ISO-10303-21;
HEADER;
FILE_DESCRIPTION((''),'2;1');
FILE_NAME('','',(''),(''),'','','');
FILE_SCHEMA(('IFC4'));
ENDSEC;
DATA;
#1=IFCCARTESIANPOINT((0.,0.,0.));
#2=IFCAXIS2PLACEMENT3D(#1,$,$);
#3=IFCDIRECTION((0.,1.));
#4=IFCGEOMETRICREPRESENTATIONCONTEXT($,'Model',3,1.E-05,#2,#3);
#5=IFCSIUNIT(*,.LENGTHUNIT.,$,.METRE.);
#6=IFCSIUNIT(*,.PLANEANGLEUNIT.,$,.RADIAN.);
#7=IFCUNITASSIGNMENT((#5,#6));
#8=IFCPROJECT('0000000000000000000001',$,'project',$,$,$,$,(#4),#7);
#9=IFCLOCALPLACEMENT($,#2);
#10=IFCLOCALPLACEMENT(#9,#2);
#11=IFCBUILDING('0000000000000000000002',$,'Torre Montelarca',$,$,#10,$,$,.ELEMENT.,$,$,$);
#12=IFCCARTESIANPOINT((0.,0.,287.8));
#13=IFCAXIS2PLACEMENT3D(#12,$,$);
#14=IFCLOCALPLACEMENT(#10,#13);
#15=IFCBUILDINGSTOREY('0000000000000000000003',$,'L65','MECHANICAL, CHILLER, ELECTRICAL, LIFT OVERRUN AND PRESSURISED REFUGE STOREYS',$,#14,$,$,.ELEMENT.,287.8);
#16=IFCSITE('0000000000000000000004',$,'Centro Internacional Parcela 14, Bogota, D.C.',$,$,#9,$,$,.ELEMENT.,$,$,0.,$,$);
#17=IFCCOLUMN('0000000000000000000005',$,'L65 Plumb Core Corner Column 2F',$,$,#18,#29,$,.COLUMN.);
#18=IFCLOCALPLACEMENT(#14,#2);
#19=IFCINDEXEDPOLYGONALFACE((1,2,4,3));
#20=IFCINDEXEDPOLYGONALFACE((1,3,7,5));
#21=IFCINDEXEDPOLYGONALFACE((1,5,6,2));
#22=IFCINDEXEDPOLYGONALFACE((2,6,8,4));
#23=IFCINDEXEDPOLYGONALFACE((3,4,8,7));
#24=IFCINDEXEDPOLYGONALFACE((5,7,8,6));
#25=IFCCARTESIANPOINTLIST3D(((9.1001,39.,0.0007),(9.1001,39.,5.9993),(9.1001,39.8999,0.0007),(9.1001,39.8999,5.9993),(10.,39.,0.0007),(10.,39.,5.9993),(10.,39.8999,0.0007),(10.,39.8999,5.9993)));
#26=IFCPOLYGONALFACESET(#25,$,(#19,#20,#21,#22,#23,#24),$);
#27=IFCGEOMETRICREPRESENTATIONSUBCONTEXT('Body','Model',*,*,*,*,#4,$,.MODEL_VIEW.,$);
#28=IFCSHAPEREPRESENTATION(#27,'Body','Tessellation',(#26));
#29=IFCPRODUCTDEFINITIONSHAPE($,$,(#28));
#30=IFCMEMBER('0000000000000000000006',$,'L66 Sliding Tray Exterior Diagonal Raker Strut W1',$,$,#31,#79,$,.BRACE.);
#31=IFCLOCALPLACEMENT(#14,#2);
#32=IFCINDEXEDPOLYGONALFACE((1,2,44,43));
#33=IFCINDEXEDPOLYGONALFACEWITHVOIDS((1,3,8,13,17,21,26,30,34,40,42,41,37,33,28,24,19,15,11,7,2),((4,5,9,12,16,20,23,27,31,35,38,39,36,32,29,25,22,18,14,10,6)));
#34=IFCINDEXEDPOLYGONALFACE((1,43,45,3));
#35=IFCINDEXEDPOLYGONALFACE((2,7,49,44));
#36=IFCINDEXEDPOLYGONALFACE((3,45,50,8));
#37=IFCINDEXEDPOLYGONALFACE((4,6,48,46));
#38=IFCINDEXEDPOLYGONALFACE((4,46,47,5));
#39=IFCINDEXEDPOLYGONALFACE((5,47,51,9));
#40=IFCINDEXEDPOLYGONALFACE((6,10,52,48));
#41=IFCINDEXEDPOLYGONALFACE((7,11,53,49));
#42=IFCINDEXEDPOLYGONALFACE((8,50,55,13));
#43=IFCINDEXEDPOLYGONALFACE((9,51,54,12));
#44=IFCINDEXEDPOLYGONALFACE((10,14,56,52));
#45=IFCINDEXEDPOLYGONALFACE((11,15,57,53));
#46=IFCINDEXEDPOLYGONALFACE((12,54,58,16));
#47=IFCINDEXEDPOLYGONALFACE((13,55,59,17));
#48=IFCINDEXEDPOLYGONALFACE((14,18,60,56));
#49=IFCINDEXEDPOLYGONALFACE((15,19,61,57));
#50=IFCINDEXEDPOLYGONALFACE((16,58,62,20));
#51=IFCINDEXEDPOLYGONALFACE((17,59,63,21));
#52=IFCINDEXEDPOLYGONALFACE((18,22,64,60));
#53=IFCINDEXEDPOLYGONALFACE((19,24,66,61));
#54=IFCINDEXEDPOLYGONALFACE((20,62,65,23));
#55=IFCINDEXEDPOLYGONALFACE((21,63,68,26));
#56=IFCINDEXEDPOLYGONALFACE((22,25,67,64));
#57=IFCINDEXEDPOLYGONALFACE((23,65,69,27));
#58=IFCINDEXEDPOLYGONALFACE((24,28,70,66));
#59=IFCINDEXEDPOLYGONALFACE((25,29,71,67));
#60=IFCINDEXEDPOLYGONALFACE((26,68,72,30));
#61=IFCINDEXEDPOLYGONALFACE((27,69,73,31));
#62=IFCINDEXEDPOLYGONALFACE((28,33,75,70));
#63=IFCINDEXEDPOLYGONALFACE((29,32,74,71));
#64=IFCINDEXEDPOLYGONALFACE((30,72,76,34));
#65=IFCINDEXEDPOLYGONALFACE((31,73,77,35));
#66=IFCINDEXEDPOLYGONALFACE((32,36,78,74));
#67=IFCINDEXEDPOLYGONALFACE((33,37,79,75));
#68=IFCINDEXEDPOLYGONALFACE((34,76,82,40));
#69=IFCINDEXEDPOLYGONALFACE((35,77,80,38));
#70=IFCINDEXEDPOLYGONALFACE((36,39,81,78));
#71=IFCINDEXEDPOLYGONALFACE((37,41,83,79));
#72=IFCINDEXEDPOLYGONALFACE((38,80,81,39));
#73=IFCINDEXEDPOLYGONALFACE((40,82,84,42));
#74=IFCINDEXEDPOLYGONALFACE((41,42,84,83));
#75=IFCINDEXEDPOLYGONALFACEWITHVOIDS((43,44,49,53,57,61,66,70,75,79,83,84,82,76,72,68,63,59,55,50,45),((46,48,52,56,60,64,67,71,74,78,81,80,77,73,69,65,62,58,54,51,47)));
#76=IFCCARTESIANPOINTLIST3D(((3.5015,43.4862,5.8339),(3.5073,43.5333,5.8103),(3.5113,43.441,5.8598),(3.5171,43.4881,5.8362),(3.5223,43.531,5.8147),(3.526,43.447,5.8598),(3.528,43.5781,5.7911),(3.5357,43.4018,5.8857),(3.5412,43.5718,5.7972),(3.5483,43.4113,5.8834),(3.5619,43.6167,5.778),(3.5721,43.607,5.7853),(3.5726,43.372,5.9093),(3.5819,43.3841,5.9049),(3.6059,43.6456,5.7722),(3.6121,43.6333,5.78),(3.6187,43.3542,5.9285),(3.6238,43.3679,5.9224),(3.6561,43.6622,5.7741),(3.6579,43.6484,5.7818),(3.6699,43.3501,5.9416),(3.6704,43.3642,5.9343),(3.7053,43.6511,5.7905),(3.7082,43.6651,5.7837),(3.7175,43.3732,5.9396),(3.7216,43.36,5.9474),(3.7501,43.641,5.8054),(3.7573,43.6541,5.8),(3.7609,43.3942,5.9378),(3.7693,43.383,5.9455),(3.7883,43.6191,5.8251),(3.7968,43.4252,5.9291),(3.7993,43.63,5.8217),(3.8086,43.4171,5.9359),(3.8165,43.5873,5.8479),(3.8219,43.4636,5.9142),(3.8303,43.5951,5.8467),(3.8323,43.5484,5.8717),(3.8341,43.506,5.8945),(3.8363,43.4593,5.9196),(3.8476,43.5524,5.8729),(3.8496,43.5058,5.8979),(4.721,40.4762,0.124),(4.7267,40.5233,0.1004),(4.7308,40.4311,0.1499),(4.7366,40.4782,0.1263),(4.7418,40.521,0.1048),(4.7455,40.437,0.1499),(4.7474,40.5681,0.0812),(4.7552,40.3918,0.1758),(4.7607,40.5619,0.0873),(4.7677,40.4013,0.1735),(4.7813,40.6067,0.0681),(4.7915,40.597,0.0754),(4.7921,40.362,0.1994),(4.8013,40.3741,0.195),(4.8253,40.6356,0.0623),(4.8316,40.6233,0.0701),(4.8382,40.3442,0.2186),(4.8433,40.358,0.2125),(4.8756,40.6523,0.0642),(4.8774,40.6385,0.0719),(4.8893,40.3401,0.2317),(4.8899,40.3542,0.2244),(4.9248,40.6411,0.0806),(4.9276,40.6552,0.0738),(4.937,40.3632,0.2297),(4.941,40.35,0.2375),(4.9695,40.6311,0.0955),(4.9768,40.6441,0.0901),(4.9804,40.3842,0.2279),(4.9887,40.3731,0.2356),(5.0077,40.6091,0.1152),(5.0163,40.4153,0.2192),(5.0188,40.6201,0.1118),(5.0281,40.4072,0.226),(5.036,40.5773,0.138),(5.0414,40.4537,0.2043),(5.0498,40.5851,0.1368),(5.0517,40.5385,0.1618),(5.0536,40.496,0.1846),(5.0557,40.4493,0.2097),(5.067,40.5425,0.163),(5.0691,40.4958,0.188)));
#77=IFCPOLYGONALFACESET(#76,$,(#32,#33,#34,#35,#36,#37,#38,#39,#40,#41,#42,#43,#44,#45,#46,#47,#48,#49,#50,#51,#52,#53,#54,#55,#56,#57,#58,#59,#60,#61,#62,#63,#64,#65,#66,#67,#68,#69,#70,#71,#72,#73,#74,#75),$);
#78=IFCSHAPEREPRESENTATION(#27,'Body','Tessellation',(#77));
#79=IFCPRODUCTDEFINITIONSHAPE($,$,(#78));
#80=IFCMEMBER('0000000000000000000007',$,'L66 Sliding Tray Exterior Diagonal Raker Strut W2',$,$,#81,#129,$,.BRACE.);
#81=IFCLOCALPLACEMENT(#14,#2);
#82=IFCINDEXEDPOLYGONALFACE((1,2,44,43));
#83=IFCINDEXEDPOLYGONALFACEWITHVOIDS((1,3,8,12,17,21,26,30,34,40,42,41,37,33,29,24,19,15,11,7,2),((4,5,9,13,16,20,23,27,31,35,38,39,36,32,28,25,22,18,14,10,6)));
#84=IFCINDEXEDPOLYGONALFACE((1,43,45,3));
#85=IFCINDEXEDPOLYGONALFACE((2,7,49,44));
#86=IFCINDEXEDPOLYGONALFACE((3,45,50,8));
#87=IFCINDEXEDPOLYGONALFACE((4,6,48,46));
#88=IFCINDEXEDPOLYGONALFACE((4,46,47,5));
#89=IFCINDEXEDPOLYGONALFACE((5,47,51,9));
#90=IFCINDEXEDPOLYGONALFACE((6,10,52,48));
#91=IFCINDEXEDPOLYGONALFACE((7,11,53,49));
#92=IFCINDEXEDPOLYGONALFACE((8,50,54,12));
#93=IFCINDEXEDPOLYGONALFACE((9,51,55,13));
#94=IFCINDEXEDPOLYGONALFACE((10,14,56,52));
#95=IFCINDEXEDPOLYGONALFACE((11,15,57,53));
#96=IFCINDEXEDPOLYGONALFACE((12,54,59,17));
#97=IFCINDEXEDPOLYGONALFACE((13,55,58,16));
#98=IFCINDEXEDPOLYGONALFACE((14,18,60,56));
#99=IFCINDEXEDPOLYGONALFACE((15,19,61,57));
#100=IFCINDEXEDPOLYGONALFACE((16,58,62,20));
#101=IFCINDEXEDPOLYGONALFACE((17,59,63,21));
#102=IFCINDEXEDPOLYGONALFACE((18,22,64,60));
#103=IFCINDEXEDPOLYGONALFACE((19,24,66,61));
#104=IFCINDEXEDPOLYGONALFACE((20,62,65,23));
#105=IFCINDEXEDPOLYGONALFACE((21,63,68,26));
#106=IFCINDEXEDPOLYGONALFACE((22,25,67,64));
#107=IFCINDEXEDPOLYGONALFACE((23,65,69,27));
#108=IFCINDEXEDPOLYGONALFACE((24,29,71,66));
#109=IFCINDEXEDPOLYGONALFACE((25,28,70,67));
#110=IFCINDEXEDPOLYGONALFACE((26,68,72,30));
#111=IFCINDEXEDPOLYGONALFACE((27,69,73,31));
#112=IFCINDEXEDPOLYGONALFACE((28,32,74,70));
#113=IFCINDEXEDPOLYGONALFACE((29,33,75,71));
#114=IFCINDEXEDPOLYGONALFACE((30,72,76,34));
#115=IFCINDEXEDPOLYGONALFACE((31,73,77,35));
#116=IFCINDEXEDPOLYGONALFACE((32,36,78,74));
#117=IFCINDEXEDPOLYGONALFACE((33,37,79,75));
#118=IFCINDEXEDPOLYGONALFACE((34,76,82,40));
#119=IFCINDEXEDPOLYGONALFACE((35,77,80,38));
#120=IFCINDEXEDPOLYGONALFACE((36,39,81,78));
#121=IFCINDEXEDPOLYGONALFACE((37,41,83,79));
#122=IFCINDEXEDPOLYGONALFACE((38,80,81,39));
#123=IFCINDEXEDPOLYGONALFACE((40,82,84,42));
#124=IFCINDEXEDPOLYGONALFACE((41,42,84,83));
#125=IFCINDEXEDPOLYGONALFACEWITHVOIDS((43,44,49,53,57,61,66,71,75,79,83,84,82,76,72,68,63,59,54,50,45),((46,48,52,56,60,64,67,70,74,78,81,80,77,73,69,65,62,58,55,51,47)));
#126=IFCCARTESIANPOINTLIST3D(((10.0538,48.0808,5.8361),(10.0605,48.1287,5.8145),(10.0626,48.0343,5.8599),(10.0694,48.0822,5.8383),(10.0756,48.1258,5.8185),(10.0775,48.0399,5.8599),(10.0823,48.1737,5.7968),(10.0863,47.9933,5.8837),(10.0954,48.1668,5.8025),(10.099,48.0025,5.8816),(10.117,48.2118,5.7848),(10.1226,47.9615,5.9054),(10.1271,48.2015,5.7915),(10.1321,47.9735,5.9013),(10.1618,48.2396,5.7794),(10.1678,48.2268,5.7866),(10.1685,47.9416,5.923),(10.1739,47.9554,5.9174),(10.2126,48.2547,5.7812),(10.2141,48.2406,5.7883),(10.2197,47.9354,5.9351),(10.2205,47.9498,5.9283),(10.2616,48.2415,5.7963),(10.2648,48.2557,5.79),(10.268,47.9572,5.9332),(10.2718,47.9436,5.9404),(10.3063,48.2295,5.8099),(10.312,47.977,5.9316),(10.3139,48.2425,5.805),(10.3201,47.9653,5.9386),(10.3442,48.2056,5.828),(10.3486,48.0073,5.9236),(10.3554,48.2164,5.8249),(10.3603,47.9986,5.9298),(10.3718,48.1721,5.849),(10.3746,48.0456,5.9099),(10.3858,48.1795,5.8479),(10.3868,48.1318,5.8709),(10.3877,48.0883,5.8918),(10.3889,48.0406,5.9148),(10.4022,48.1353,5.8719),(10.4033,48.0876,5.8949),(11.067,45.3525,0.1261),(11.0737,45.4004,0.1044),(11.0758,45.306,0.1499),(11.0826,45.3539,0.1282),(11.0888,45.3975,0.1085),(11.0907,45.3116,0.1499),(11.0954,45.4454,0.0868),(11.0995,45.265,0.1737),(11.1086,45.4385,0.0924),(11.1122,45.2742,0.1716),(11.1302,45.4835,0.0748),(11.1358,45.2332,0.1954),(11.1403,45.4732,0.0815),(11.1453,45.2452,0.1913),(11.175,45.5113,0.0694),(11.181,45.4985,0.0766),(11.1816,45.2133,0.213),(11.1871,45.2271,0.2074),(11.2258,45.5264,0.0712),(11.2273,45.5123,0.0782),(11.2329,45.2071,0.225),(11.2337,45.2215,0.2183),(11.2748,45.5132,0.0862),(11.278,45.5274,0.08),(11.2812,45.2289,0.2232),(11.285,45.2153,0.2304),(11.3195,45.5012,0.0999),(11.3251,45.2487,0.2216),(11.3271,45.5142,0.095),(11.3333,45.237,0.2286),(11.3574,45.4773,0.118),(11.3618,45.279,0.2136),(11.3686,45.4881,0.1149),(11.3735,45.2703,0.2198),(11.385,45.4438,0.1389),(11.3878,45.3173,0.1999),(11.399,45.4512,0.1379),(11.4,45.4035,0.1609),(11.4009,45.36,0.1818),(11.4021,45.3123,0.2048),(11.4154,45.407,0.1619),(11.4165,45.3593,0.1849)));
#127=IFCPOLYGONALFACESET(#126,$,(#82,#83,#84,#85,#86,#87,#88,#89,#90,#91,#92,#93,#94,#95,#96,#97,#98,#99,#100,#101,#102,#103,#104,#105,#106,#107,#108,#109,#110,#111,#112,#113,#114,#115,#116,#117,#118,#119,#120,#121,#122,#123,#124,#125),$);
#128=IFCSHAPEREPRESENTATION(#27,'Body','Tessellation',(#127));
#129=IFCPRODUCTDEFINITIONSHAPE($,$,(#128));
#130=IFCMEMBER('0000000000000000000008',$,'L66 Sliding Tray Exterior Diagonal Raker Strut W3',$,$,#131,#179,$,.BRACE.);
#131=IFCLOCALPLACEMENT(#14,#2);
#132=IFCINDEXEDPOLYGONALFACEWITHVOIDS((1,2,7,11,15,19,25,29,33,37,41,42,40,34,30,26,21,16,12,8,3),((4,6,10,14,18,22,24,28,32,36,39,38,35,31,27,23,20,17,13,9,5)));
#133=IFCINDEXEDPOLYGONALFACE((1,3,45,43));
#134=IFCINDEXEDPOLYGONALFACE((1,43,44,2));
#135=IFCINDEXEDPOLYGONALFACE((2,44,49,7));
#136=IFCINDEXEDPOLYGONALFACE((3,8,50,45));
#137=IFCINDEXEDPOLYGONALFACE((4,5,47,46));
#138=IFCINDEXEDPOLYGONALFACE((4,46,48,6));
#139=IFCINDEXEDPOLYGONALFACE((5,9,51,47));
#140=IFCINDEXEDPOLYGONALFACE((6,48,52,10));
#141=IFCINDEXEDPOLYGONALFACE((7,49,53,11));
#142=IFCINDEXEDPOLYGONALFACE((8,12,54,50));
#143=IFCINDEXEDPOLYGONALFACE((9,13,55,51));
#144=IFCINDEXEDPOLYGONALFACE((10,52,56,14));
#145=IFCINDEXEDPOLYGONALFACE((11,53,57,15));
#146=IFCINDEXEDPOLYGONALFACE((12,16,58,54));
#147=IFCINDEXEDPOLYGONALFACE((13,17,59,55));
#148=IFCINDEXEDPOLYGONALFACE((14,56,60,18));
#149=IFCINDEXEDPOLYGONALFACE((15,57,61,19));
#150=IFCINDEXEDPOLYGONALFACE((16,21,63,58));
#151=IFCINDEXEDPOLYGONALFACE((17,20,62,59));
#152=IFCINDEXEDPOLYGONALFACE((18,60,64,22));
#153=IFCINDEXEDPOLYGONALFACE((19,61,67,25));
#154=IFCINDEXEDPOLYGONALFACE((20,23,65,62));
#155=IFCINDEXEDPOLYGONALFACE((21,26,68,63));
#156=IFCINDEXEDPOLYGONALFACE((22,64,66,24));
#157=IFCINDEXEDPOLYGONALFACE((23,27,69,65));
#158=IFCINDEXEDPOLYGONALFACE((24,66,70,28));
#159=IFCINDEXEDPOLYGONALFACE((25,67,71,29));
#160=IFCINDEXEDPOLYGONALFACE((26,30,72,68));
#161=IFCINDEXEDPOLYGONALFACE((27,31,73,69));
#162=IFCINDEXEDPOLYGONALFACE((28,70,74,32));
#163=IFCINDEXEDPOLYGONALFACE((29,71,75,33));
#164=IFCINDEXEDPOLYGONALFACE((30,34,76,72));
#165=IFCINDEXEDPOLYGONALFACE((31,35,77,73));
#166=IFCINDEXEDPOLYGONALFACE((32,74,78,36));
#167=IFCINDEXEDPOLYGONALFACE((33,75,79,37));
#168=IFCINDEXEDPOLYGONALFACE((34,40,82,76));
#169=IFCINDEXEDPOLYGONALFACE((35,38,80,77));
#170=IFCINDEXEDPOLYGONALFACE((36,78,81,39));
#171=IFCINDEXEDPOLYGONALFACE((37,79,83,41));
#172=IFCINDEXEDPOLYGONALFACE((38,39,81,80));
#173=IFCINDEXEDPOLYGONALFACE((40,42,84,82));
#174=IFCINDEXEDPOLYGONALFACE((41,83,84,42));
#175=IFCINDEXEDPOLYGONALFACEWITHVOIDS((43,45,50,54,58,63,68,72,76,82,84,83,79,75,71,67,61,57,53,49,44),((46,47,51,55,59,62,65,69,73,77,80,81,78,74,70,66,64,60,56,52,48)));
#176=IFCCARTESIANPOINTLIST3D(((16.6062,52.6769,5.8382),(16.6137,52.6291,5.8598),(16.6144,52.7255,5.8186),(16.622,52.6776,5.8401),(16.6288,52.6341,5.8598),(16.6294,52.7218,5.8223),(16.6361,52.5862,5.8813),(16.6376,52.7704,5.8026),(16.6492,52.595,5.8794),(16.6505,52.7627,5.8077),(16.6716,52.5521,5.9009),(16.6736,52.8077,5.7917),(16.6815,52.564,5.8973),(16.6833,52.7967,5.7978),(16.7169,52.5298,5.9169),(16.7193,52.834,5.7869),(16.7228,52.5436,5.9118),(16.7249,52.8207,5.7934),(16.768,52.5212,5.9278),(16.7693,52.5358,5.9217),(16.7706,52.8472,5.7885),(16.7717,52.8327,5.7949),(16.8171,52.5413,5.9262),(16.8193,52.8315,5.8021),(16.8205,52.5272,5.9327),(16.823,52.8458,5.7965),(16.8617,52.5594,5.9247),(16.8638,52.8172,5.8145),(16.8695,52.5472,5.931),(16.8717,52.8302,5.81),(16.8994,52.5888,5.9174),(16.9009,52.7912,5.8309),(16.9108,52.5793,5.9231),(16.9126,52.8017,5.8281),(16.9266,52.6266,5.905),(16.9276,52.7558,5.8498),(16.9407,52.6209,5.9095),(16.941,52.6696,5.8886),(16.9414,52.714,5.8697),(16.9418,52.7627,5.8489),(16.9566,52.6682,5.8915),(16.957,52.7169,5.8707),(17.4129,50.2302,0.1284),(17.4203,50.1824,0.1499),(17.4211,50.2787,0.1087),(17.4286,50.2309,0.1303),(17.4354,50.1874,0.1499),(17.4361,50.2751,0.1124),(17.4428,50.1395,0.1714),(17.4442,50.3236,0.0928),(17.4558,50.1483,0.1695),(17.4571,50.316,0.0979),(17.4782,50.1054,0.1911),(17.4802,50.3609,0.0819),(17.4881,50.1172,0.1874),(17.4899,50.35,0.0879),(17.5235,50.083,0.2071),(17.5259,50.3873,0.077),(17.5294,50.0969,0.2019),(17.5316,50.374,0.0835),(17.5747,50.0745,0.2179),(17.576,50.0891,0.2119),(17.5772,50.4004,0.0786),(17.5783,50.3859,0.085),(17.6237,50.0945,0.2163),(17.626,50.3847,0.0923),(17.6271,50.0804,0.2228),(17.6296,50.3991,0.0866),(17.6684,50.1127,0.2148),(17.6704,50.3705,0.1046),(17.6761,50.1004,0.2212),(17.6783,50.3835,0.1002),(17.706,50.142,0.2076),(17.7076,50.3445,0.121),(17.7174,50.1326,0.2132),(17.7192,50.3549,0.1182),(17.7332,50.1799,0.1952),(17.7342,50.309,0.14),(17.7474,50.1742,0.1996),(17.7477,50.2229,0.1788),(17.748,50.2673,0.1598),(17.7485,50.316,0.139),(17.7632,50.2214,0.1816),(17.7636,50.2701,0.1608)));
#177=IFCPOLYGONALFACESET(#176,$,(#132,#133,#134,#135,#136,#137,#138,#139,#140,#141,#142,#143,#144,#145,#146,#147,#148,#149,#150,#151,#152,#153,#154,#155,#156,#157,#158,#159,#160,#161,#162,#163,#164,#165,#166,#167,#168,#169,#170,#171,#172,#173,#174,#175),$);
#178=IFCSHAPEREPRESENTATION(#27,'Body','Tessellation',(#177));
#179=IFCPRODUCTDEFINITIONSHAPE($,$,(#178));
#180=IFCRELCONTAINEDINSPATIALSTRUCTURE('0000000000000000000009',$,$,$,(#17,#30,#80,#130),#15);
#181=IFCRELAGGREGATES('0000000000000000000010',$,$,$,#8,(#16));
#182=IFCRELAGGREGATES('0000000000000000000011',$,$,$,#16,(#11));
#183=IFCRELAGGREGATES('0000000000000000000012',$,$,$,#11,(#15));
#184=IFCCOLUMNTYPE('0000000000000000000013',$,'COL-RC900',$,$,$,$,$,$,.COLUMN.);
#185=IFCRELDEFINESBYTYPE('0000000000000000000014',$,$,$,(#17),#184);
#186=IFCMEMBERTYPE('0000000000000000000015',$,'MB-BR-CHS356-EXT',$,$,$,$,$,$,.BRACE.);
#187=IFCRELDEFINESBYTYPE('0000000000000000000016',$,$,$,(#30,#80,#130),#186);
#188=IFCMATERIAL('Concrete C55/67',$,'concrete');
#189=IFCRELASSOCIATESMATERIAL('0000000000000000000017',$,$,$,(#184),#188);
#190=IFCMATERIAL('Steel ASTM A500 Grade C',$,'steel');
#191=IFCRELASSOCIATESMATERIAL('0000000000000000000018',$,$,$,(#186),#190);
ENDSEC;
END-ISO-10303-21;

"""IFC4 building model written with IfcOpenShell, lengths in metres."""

from ifc_helpers import new_model, si_unit, direction, frame, origin, origin_2d, place, context, subcontext, project, spatial, rectangle, hollow_circle, extrude, source, transform, mapped, material, material_profile, profile_set, type_object, element, save


model = new_model("IFC4")

# Units and contexts
model_context = context("Model", 3, precision=1e-05, world=origin(), true_north=direction((0.0, 1.0)))
body_context = subcontext(model_context, "Body", "Model", "MODEL_VIEW")
ifc_project = project(units=[si_unit("LENGTHUNIT", "METRE"), si_unit("PLANEANGLEUNIT", "RADIAN")], contexts=[model_context])

# Site, building, storey
site_placement = place(None, origin())
site = spatial("IfcSite", under=ifc_project, at=site_placement, Name="Centro Internacional Parcela 14, Bogota, D.C.", CompositionType="ELEMENT", RefElevation=0.0)
building_placement = place(site_placement, origin())
building = spatial("IfcBuilding", under=site, at=building_placement, Name="Torre Montelarca", CompositionType="ELEMENT")
storey_placement = place(building_placement, frame((0.0, 0.0, 287.8)))
storey = spatial("IfcBuildingStorey", under=building, at=storey_placement, Name="L65", Description="MECHANICAL, CHILLER, ELECTRICAL, LIFT OVERRUN AND PRESSURISED REFUGE STOREYS", CompositionType="ELEMENT", Elevation=287.8)

# Column
ifc_material_1 = material(Name="Concrete C55/67", Category="concrete")
ifc_material_profile_1 = material_profile(ifc_material_1, rectangle(XDim=0.8999, YDim=0.8999, at=origin_2d()), Name="RC900X900", Category="concrete")
ifc_profile_set_1 = profile_set([ifc_material_profile_1], Name="Concrete C55/67")
column_type_1 = type_object("IfcColumnType", Name="COL-RC900", PredefinedType="COLUMN", material=ifc_profile_set_1)
shared_shape_1 = source(origin(), body_context, "Body", "SweptSolid", [
    extrude(rectangle(XDim=0.8999, YDim=0.8999, at=origin_2d()), origin(), (0.0, 0.0, 1.0), 5.9985),
])
column_1_placement = place(storey_placement, frame((9.55, 39.45, 0.0007), z_axis=(0.0, 0.0, 1.0), x_axis=(1.0, 0.0, 0.0)))
element("IfcColumn", 1, at=column_1_placement, inside=storey, type_object=column_type_1, Name="L65 Plumb Core Corner Column 2F", PredefinedType="COLUMN", context=body_context, shape_type="MappedRepresentation", body=[
    mapped(shared_shape_1, transform((0.0, 0.0, 0.0), scale=1.0)),
])

# Members
ifc_material_2 = material(Name="Steel ASTM A500 Grade C", Category="steel")
ifc_material_profile_2 = material_profile(ifc_material_2, hollow_circle(Radius=0.1777, WallThickness=0.0159, at=origin_2d()), Name="HSS355.6X15.9", Category="steel")
ifc_profile_set_2 = profile_set([ifc_material_profile_2], Name="Steel ASTM A500 Grade C")
member_type_1 = type_object("IfcMemberType", Name="MB-BR-CHS356-EXT", PredefinedType="BRACE", material=ifc_profile_set_2)
shared_shape_2 = source(origin(), body_context, "Body", "SweptSolid", [
    extrude(hollow_circle(Radius=0.1777, WallThickness=0.0159, at=origin_2d()), origin(), (0.0, 0.0, 1.0), 6.5688),
])
member_1_placement = place(storey_placement, frame((4.8955, 40.4978, 0.1499), z_axis=(-0.185644, 0.458219, 0.869237), x_axis=(-0.926824, -0.375496, 0.0)))
element("IfcMember", 2, at=member_1_placement, inside=storey, type_object=member_type_1, Name="L66 Sliding Tray Exterior Diagonal Raker Strut W1", PredefinedType="BRACE", context=body_context, shape_type="MappedRepresentation", body=[
    mapped(shared_shape_2, transform((0.0, 0.0, 0.0), scale=1.0)),
])
shared_shape_3 = source(origin(), body_context, "Body", "SweptSolid", [
    extrude(hollow_circle(Radius=0.1777, WallThickness=0.0159, at=origin_2d()), origin(), (0.0, 0.0, 1.0), 6.4089),
])
member_2_placement = place(storey_placement, frame((11.2424, 45.3679, 0.1499), z_axis=(-0.158091, 0.425702, 0.890946), x_axis=(-0.937445, -0.348134, 0.0)))
element("IfcMember", 3, at=member_2_placement, inside=storey, type_object=member_type_1, Name="L66 Sliding Tray Exterior Diagonal Raker Strut W2", PredefinedType="BRACE", context=body_context, shape_type="MappedRepresentation", body=[
    mapped(shared_shape_3, transform((0.0, 0.0, 0.0), scale=1.0)),
])
shared_shape_4 = source(origin(), body_context, "Body", "SweptSolid", [
    extrude(hollow_circle(Radius=0.1777, WallThickness=0.0159, at=origin_2d()), origin(), (0.0, 0.0, 1.0), 6.2642),
])
member_3_placement = place(storey_placement, frame((17.5891, 50.238, 0.1499), z_axis=(-0.128769, 0.390593, 0.911513), x_axis=(-0.949721, -0.313099, 0.0)))
element("IfcMember", 4, at=member_3_placement, inside=storey, type_object=member_type_1, Name="L66 Sliding Tray Exterior Diagonal Raker Strut W3", PredefinedType="BRACE", context=body_context, shape_type="MappedRepresentation", body=[
    mapped(shared_shape_4, transform((0.0, 0.0, 0.0), scale=1.0)),
])

save(model, "model.ifc")
